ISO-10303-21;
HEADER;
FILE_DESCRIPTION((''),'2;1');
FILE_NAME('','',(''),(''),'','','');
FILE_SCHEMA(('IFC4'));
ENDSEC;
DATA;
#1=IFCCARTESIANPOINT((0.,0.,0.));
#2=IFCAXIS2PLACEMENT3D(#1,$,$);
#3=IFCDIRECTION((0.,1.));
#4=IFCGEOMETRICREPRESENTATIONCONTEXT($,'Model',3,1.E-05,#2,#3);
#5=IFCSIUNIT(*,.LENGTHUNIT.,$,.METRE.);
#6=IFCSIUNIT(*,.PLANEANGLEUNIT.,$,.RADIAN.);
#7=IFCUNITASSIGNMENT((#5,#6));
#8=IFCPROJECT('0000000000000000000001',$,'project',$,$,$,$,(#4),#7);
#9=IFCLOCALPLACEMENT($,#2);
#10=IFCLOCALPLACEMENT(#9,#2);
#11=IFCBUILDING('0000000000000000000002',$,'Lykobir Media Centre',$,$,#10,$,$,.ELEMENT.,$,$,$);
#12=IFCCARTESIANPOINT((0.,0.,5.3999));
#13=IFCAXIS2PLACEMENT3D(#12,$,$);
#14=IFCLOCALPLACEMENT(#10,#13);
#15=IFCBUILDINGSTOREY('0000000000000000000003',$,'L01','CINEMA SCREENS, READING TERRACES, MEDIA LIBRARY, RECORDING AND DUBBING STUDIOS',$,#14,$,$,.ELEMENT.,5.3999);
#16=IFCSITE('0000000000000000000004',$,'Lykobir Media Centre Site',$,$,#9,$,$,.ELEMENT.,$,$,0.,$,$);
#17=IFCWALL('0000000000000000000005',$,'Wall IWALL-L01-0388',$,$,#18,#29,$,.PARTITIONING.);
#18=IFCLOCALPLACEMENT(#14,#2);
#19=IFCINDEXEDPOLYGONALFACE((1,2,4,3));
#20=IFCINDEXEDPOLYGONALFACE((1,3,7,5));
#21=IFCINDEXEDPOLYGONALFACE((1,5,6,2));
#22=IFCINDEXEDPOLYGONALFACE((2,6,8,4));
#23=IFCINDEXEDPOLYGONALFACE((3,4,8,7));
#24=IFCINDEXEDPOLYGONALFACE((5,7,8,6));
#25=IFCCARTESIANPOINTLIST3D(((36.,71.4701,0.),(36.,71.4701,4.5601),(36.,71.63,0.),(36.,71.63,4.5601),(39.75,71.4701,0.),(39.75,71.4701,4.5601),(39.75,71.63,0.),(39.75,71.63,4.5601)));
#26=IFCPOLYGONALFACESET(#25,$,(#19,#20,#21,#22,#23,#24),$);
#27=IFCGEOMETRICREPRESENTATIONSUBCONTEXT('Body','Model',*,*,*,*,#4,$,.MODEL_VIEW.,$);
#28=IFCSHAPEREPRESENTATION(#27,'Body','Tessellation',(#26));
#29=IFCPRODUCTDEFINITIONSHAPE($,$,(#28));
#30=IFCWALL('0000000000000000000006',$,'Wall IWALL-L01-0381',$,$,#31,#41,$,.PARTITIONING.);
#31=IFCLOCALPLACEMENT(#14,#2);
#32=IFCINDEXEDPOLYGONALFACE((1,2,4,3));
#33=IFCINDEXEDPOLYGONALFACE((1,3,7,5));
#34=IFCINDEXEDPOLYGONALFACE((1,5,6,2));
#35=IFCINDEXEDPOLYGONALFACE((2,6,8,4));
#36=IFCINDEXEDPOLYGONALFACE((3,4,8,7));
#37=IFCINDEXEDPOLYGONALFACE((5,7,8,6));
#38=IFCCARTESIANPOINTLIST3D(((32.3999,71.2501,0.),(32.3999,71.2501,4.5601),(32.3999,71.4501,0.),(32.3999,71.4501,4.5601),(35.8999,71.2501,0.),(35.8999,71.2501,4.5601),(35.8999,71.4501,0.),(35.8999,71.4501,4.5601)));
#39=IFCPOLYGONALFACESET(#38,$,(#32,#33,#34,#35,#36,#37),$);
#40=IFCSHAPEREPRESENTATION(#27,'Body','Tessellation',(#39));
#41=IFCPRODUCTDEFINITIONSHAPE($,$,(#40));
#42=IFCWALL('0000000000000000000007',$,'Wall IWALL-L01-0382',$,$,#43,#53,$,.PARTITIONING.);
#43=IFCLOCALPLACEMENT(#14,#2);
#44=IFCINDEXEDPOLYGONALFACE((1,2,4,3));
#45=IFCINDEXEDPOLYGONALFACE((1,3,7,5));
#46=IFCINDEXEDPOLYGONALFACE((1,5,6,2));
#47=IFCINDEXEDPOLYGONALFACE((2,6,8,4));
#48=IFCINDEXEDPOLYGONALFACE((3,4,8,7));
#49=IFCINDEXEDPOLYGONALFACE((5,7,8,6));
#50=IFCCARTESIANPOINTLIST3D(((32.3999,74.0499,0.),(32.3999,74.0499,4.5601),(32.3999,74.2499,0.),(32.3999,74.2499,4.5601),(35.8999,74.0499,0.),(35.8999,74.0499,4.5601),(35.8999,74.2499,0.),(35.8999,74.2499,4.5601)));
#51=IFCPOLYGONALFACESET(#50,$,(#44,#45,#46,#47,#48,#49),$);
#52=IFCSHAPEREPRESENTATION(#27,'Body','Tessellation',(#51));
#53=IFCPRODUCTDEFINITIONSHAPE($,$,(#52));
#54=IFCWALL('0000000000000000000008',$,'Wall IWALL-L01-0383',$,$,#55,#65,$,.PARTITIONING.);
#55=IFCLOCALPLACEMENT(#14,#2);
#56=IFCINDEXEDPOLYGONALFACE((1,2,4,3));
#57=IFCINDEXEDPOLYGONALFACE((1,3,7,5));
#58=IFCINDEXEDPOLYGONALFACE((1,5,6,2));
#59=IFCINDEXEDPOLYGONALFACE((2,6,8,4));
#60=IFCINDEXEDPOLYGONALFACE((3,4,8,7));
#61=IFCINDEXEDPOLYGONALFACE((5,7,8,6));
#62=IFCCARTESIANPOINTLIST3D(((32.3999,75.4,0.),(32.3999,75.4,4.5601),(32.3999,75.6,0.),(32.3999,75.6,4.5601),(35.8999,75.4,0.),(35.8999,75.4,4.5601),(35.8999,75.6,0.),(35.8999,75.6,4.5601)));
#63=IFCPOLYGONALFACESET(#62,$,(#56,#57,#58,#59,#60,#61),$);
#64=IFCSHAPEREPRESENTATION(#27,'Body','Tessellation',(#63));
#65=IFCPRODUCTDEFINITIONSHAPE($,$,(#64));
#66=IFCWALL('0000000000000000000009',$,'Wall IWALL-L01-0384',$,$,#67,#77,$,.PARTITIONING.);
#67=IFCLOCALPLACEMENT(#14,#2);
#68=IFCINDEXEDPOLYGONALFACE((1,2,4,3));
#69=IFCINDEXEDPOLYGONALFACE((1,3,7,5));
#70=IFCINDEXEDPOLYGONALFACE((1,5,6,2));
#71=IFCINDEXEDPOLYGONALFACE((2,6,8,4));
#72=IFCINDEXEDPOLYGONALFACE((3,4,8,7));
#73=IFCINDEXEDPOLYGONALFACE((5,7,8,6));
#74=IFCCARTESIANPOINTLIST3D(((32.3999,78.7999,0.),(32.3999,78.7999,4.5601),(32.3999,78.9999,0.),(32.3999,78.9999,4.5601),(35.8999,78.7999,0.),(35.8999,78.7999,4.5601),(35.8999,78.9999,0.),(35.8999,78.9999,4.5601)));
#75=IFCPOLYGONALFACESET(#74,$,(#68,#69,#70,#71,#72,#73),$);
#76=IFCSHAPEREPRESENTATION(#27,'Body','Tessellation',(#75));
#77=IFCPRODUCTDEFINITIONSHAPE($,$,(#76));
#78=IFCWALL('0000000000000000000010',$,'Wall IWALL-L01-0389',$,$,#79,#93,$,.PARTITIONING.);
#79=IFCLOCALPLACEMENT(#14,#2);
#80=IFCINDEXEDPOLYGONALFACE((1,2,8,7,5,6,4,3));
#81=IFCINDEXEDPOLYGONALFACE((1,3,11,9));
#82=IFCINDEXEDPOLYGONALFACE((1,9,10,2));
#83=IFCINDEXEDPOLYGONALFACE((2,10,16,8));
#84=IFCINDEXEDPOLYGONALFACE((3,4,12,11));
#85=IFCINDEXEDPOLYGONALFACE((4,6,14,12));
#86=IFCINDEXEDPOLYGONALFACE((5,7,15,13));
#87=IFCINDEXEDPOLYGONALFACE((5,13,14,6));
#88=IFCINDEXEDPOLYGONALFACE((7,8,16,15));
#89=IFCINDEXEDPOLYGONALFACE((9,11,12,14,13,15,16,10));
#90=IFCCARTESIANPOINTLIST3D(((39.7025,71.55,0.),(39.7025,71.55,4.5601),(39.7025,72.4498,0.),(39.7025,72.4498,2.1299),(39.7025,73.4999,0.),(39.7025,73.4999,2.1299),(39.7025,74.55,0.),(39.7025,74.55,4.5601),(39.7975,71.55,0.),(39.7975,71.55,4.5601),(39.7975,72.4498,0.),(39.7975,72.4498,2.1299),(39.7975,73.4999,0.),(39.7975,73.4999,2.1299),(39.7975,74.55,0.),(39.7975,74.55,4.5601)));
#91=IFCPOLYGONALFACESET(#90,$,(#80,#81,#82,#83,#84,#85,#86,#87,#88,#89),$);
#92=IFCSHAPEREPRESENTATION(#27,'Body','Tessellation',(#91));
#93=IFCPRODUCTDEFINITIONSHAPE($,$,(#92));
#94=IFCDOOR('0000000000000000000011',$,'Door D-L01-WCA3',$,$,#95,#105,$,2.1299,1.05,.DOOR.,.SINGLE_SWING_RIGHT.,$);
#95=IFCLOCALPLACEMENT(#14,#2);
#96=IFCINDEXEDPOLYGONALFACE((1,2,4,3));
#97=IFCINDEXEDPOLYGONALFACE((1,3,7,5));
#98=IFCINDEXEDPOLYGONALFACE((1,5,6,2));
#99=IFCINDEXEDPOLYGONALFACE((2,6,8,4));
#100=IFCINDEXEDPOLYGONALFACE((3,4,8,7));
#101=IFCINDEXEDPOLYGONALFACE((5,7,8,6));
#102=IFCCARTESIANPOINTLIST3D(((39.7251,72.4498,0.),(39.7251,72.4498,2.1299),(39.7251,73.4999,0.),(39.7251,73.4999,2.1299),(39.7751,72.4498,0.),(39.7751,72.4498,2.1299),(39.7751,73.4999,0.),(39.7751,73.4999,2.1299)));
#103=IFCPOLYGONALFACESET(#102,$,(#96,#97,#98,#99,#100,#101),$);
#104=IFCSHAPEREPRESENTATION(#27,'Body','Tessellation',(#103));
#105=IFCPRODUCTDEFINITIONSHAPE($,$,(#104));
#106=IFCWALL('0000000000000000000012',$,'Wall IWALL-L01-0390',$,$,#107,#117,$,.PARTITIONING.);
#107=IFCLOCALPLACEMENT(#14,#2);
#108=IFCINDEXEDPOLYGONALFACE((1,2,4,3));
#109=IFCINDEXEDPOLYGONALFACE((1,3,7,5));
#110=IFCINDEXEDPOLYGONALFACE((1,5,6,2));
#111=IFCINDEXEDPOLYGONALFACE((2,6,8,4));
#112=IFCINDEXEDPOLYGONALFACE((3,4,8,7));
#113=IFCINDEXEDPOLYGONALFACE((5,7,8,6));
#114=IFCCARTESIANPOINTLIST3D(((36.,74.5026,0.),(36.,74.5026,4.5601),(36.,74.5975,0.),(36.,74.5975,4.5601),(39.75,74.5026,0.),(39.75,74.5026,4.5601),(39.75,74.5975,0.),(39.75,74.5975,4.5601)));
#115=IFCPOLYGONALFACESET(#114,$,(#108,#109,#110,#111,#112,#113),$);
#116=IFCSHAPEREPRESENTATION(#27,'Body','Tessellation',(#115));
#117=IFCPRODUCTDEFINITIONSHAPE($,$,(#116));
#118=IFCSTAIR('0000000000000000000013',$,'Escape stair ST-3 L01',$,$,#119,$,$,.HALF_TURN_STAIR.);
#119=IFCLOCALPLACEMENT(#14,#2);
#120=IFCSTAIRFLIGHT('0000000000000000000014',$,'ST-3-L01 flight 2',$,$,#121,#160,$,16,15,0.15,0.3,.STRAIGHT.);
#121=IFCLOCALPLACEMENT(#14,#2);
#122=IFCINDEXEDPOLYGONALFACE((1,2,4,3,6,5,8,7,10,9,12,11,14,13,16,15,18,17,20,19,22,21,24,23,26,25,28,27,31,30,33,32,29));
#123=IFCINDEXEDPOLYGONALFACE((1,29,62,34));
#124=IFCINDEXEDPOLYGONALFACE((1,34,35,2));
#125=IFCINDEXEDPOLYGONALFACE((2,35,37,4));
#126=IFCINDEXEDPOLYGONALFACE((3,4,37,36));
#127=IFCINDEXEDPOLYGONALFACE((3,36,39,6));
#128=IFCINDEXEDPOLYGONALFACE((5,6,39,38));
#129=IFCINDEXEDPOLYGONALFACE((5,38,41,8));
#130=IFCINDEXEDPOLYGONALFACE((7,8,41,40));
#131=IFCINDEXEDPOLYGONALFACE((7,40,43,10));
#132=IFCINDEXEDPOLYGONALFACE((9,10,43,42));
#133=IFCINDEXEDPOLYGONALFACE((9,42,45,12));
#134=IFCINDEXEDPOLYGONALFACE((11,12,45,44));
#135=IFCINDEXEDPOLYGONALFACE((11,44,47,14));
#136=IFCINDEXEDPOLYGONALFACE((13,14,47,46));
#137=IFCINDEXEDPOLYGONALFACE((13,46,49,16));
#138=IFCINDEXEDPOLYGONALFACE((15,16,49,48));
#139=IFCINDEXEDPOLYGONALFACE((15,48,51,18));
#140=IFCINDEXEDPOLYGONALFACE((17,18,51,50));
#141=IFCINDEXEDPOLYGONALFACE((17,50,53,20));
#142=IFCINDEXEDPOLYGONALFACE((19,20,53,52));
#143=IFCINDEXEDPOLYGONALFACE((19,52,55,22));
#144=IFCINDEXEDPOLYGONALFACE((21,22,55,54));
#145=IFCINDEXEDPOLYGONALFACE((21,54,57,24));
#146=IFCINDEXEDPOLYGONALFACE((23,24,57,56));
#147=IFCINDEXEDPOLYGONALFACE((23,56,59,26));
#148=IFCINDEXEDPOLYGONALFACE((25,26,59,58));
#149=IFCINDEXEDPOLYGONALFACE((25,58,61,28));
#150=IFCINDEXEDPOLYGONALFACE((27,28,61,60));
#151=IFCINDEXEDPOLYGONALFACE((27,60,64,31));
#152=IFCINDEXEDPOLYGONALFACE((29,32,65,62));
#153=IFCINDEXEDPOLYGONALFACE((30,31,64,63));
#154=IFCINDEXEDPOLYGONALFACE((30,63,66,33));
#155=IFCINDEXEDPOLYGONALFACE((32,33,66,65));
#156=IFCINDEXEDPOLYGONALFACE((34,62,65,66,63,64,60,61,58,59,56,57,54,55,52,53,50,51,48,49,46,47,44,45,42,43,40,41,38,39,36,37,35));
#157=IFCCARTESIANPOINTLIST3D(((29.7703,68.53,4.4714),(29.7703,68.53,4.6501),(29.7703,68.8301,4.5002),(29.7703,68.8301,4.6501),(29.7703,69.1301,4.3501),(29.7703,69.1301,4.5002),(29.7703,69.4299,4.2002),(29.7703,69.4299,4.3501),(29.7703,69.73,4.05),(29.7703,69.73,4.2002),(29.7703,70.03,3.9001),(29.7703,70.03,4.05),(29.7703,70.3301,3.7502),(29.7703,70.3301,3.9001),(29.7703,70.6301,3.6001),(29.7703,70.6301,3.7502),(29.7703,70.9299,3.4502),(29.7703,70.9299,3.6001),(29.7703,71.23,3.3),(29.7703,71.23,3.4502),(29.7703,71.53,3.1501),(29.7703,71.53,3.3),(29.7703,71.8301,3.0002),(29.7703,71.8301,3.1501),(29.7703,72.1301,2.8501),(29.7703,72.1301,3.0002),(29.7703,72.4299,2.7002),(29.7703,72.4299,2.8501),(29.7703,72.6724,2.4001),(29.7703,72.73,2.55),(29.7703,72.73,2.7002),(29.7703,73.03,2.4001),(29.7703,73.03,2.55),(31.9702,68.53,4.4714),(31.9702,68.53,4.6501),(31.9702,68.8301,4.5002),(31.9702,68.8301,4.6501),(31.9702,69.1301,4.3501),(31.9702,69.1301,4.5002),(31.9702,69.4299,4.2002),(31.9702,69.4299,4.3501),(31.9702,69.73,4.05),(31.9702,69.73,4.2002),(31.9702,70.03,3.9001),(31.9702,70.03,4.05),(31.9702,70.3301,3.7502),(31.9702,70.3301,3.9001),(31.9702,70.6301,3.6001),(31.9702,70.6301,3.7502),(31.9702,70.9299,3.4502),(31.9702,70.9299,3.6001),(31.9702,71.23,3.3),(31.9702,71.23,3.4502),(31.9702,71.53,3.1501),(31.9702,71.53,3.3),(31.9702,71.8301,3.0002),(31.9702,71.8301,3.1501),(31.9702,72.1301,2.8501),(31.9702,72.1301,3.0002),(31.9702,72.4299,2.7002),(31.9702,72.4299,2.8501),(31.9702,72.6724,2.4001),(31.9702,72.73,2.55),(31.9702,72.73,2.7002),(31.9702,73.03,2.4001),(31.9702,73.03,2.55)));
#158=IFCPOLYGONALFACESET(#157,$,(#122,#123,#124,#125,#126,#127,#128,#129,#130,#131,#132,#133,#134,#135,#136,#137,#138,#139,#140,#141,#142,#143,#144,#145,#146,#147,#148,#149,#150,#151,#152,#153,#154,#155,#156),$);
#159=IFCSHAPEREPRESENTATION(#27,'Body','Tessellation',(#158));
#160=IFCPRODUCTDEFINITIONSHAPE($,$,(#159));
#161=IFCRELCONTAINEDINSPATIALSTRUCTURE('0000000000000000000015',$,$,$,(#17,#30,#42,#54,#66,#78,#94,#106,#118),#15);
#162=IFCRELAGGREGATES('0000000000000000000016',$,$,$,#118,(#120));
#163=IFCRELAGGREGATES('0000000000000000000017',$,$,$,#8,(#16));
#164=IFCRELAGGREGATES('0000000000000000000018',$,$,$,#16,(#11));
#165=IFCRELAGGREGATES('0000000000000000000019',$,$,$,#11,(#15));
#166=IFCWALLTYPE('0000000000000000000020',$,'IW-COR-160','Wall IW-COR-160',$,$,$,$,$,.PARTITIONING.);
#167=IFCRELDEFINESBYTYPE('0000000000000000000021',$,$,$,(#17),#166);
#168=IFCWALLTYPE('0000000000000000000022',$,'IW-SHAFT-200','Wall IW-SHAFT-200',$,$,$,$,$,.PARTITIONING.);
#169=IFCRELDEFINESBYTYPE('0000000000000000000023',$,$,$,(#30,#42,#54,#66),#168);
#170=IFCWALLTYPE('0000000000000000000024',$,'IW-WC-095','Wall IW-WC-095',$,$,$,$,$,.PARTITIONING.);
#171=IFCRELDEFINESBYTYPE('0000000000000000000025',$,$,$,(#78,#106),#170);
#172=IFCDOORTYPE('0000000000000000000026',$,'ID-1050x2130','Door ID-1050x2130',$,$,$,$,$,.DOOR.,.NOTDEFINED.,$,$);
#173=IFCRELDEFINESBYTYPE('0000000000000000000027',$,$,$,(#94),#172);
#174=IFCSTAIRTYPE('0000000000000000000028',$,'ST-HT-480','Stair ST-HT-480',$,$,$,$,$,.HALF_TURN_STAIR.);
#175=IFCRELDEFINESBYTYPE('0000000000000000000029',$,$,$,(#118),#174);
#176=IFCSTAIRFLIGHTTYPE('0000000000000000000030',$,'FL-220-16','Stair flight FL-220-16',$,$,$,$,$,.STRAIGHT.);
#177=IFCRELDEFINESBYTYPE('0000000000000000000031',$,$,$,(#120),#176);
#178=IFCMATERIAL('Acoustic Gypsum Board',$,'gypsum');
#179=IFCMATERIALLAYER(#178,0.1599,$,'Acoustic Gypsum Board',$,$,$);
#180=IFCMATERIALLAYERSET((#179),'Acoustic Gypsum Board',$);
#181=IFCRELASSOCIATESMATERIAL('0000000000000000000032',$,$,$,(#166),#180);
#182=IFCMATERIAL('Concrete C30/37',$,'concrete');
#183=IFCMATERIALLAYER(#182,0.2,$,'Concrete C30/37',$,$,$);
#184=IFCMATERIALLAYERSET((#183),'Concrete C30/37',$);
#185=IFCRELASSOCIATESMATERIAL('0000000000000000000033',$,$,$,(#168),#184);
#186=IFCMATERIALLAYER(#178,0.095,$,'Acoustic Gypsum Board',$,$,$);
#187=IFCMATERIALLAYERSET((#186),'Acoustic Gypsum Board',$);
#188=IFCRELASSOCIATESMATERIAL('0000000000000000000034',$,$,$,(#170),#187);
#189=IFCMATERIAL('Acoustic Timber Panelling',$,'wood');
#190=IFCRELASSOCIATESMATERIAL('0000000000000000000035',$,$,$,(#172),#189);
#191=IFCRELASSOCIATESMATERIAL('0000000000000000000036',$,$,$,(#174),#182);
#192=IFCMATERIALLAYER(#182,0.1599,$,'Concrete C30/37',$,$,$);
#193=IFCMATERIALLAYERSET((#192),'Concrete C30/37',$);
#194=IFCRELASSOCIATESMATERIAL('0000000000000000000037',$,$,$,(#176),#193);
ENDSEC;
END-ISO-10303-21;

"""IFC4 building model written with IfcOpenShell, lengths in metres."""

from ifc_helpers import new_model, si_unit, direction, frame, frame_2d, origin, place, context, subcontext, project, spatial, polyline, rectangle, outline, extrude, material, layer, layer_set, type_object, element, fill, aggregate, save


model = new_model("IFC4")

# Units and contexts
model_context = context("Model", 3, precision=1e-05, world=origin(), true_north=direction((0.0, 1.0)))
body_context = subcontext(model_context, "Body", "Model", "MODEL_VIEW")
ifc_project = project(units=[si_unit("LENGTHUNIT", "METRE"), si_unit("PLANEANGLEUNIT", "RADIAN")], contexts=[model_context])

# Site, building, storey
site_placement = place(None, origin())
site = spatial("IfcSite", under=ifc_project, at=site_placement, Name="Lykobir Media Centre Site", CompositionType="ELEMENT", RefElevation=0.0)
building_placement = place(site_placement, origin())
building = spatial("IfcBuilding", under=site, at=building_placement, Name="Lykobir Media Centre", CompositionType="ELEMENT")
storey_placement = place(building_placement, frame((0.0, 0.0, 5.3999)))
storey = spatial("IfcBuildingStorey", under=building, at=storey_placement, Name="L01", Description="CINEMA SCREENS, READING TERRACES, MEDIA LIBRARY, RECORDING AND DUBBING STUDIOS", CompositionType="ELEMENT", Elevation=5.3999)

# Walls
ifc_material_1 = material(Name="Acoustic Gypsum Board", Category="gypsum")
ifc_layer_1 = layer(ifc_material_1, 0.1599, Name="Acoustic Gypsum Board")
ifc_layer_set_1 = layer_set([ifc_layer_1], Name="Acoustic Gypsum Board")
wall_type_1 = type_object("IfcWallType", Name="IW-COR-160", Description="Wall IW-COR-160", PredefinedType="PARTITIONING", material=ifc_layer_set_1)
wall_1_placement = place(storey_placement, frame((36.0, 71.55, 0.0), z_axis=(0.0, 0.0, 1.0), x_axis=(1.0, 0.0, 0.0)))
element("IfcWall", 1, at=wall_1_placement, inside=storey, type_object=wall_type_1, Name="Wall IWALL-L01-0388", PredefinedType="PARTITIONING", context=body_context, shape_type="SweptSolid", body=[
    extrude(rectangle(XDim=3.75, YDim=0.1599, at=frame_2d((1.875, 0.0))), origin(), (0.0, 0.0, 1.0), 4.5601),
])
ifc_material_2 = material(Name="Concrete C30/37", Category="concrete")
ifc_layer_2 = layer(ifc_material_2, 0.2, Name="Concrete C30/37")
ifc_layer_set_2 = layer_set([ifc_layer_2], Name="Concrete C30/37")
wall_type_2 = type_object("IfcWallType", Name="IW-SHAFT-200", Description="Wall IW-SHAFT-200", PredefinedType="PARTITIONING", material=ifc_layer_set_2)
for number, where, z_axis, x_axis, name in (
    (2, (32.3999, 71.3501, 0.0), (0.0, 0.0, 1.0), (1.0, 0.0, 0.0), "Wall IWALL-L01-0381"),
    (3, (32.3999, 74.1499, 0.0), (0.0, 0.0, 1.0), (1.0, 0.0, 0.0), "Wall IWALL-L01-0382"),
    (4, (32.3999, 75.5, 0.0), (0.0, 0.0, 1.0), (1.0, 0.0, 0.0), "Wall IWALL-L01-0383"),
    (5, (32.3999, 78.8999, 0.0), (0.0, 0.0, 1.0), (1.0, 0.0, 0.0), "Wall IWALL-L01-0384"),
):
    element("IfcWall", number, at=place(storey_placement, frame(where, z_axis=z_axis, x_axis=x_axis)), inside=storey, type_object=wall_type_2, Name=name, PredefinedType="PARTITIONING", context=body_context, shape_type="SweptSolid", body=[
        extrude(rectangle(XDim=3.5, YDim=0.2, at=frame_2d((1.75, 0.0))), origin(), (0.0, 0.0, 1.0), 4.5601),
    ])

# Wall, opening, door
ifc_layer_3 = layer(ifc_material_1, 0.095, Name="Acoustic Gypsum Board")
ifc_layer_set_3 = layer_set([ifc_layer_3], Name="Acoustic Gypsum Board")
wall_type_3 = type_object("IfcWallType", Name="IW-WC-095", Description="Wall IW-WC-095", PredefinedType="PARTITIONING", material=ifc_layer_set_3)
wall_2_placement = place(storey_placement, frame((39.75, 71.55, 0.0), z_axis=(0.0, 0.0, 1.0), x_axis=(0.0, 1.0, 0.0)))
wall_2 = element("IfcWall", 6, at=wall_2_placement, inside=storey, type_object=wall_type_3, Name="Wall IWALL-L01-0389", PredefinedType="PARTITIONING", context=body_context, shape_type="SweptSolid", body=[
    extrude(rectangle(XDim=3.0, YDim=0.095, at=frame_2d((1.5, 0.0))), origin(), (0.0, 0.0, 1.0), 4.5601),
])
opening_placement = place(wall_2_placement, frame((0.8999, 0.0, 0.0)))
opening = element("IfcOpeningElement", 7, at=opening_placement, cuts=wall_2, PredefinedType="OPENING", context=body_context, shape_type="SweptSolid", body=[
    extrude(rectangle(XDim=1.05, YDim=2.1299, at=frame_2d((0.5249, 1.0649))), frame((0.0, 0.0574, 0.0), z_axis=(0.0, -1.0, 0.0), x_axis=(1.0, 0.0, 0.0)), (0.0, 0.0, 1.0), 0.115),
])
ifc_material_3 = material(Name="Acoustic Timber Panelling", Category="wood")
door_type = type_object("IfcDoorType", Name="ID-1050x2130", Description="Door ID-1050x2130", OperationType="NOTDEFINED", PredefinedType="DOOR", material=ifc_material_3)
door_placement = place(opening_placement, origin())
door = element("IfcDoor", 8, at=door_placement, inside=storey, type_object=door_type, Name="Door D-L01-WCA3", OperationType="SINGLE_SWING_RIGHT", OverallHeight=2.1299, OverallWidth=1.05, PredefinedType="DOOR", context=body_context, shape_type="SweptSolid", body=[
    extrude(rectangle(XDim=1.05, YDim=2.1299, at=frame_2d((0.5249, 1.0649))), frame((0.0, 0.0249, 0.0), z_axis=(0.0, -1.0, 0.0), x_axis=(1.0, 0.0, 0.0)), (0.0, 0.0, 1.0), 0.05),
])
fill(opening, door)

# Wall
wall_3_placement = place(storey_placement, frame((36.0, 74.55, 0.0), z_axis=(0.0, 0.0, 1.0), x_axis=(1.0, 0.0, 0.0)))
element("IfcWall", 9, at=wall_3_placement, inside=storey, type_object=wall_type_3, Name="Wall IWALL-L01-0390", PredefinedType="PARTITIONING", context=body_context, shape_type="SweptSolid", body=[
    extrude(rectangle(XDim=3.75, YDim=0.095, at=frame_2d((1.875, 0.0))), origin(), (0.0, 0.0, 1.0), 4.5601),
])

# Stair, stair flight
stair_type = type_object("IfcStairType", Name="ST-HT-480", Description="Stair ST-HT-480", PredefinedType="HALF_TURN_STAIR", material=ifc_material_2)
stair_placement = place(storey_placement, origin())
stair = element("IfcStair", 10, at=stair_placement, inside=storey, type_object=stair_type, Name="Escape stair ST-3 L01", PredefinedType="HALF_TURN_STAIR")
ifc_layer_4 = layer(ifc_material_2, 0.1599, Name="Concrete C30/37")
ifc_layer_set_4 = layer_set([ifc_layer_4], Name="Concrete C30/37")
stair_flight_type = type_object("IfcStairFlightType", Name="FL-220-16", Description="Stair flight FL-220-16", PredefinedType="STRAIGHT", material=ifc_layer_set_4)
stair_flight_placement = place(storey_placement, frame((30.8701, 73.03, 2.4001), z_axis=(0.0, 0.0, 1.0), x_axis=(0.0, -1.0, 0.0)))
stair_flight = element("IfcStairFlight", 11, at=stair_flight_placement, type_object=stair_flight_type, Name="ST-3-L01 flight 2", NumberOfRisers=16, NumberOfTreads=15, PredefinedType="STRAIGHT", RiserHeight=0.15, TreadLength=0.3, context=body_context, shape_type="SweptSolid", body=[
    extrude(outline(polyline([(0.0, 0.0), (0.0, 0.1499), (0.3, 0.1499), (0.3, 0.3), (0.6001, 0.3), (0.6001, 0.45), (0.8999, 0.45), (0.8999, 0.6001), (1.2, 0.6001), (1.2, 0.75), (1.5, 0.75), (1.5, 0.8999), (1.8, 0.8999), (1.8, 1.05), (2.1001, 1.05), (2.1001, 1.2), (2.3999, 1.2), (2.3999, 1.3501), (2.7, 1.3501), (2.7, 1.5), (3.0, 1.5), (3.0, 1.6499), (3.3, 1.6499), (3.3, 1.8), (3.6001, 1.8), (3.6001, 1.95), (3.8999, 1.95), (3.8999, 2.1001), (4.2, 2.1001), (4.2, 2.25), (4.5, 2.25), (4.5, 2.3999), (4.5, 2.0713), (0.3577, 0.0), (0.0, 0.0)])), frame((0.0, 1.1001, 0.0), z_axis=(0.0, -1.0, 0.0), x_axis=(1.0, 0.0, 0.0)), (0.0, 0.0, 1.0), 2.2),
])
aggregate(stair, [stair_flight])

save(model, "model.ifc")
